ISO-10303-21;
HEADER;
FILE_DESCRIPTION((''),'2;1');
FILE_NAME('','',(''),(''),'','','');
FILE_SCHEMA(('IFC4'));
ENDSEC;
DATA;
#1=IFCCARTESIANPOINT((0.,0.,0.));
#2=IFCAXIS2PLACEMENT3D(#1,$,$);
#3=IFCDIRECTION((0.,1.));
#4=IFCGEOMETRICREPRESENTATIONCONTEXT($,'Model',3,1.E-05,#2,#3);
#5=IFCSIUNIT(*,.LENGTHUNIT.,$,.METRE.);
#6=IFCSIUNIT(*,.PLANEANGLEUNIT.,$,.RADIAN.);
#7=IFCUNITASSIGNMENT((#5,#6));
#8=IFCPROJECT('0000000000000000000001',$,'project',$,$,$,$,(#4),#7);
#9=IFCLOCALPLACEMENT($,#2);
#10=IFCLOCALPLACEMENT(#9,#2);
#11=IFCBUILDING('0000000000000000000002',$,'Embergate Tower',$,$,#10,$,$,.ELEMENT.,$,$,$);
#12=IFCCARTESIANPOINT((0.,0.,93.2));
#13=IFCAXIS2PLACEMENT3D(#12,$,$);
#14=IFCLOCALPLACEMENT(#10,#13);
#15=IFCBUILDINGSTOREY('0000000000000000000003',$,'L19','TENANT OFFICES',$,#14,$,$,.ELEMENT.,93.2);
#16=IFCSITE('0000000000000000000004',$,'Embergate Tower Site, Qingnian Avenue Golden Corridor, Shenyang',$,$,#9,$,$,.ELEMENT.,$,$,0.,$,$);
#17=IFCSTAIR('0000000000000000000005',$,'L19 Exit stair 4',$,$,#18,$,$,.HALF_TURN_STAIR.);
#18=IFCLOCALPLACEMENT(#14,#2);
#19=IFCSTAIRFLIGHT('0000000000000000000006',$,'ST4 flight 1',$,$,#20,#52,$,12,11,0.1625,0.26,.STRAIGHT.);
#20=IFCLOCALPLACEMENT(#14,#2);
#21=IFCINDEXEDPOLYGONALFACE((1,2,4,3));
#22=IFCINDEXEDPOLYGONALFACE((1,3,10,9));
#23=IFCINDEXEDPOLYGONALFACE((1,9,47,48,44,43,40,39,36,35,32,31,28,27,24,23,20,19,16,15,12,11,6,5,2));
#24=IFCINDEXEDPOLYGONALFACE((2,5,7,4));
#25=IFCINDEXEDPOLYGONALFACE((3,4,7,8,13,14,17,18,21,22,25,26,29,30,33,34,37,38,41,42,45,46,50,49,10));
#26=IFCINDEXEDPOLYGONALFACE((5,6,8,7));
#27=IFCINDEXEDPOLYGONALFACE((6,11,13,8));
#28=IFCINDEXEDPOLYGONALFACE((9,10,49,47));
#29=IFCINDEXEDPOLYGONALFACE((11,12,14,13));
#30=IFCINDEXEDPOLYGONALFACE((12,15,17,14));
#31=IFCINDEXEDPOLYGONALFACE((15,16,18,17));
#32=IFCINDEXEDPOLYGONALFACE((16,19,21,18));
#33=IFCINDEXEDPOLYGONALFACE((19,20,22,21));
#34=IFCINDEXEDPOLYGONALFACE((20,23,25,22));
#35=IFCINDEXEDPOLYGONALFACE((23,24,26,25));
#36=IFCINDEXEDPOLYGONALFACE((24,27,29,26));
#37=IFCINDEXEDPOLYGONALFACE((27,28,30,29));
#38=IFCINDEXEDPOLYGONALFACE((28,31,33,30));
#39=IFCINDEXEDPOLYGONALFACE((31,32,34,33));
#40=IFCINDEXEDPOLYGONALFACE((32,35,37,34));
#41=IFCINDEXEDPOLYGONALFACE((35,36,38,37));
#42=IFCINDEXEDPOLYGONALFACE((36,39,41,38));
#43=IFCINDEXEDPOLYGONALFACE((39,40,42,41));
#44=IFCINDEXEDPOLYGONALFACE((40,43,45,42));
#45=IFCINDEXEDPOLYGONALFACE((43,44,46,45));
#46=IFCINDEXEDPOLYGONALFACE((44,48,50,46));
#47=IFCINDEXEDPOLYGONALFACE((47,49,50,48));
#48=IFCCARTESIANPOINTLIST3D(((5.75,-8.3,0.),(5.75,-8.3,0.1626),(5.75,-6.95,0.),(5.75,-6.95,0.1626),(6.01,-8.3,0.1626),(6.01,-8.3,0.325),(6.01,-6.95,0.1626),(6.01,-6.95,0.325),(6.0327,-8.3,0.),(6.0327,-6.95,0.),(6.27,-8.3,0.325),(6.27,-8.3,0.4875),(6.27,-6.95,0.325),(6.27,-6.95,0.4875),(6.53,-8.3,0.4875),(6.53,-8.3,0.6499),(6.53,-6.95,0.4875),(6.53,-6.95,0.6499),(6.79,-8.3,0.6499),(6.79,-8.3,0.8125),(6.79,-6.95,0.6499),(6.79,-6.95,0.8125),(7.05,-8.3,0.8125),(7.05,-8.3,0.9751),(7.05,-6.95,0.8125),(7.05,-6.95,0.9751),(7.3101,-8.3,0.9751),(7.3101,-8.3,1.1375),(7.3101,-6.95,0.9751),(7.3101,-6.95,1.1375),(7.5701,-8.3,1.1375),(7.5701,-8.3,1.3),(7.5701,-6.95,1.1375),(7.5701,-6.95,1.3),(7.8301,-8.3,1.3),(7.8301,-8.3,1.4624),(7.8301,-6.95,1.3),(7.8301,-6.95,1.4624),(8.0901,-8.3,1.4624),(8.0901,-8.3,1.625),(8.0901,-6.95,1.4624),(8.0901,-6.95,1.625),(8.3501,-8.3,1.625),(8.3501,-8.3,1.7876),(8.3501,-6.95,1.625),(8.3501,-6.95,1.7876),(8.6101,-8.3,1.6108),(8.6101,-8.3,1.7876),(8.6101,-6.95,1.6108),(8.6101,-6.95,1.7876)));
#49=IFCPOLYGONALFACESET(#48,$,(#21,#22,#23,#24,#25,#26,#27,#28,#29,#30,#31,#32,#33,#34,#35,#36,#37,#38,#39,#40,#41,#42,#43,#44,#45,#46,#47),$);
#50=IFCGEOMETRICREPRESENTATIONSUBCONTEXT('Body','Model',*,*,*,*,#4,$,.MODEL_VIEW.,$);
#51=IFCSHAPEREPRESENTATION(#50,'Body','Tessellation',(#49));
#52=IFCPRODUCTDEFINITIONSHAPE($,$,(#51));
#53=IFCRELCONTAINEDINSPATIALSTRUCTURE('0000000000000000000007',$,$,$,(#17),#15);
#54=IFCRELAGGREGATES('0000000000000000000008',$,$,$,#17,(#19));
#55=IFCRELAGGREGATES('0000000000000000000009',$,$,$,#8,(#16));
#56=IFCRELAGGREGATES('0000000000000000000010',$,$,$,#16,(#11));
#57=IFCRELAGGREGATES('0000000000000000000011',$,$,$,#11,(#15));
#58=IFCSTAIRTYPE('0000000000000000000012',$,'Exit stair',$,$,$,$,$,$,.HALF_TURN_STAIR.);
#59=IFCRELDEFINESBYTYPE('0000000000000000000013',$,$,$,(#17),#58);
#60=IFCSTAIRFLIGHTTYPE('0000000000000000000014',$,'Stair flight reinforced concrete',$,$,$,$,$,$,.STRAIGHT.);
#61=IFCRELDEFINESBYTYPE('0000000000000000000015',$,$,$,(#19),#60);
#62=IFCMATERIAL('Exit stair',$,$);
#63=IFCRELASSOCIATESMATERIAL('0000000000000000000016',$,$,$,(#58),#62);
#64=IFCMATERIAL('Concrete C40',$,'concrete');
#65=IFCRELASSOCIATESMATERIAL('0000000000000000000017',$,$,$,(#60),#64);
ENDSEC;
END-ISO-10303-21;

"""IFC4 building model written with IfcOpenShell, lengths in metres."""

from ifc_helpers import new_model, si_unit, direction, frame, origin, place, context, subcontext, project, spatial, polyline, outline, extrude, source, transform, mapped, material, type_object, element, aggregate, save


model = new_model("IFC4")

# Units and contexts
model_context = context("Model", 3, precision=1e-05, world=origin(), true_north=direction((0.0, 1.0)))
body_context = subcontext(model_context, "Body", "Model", "MODEL_VIEW")
ifc_project = project(units=[si_unit("LENGTHUNIT", "METRE"), si_unit("PLANEANGLEUNIT", "RADIAN")], contexts=[model_context])

# Site, building, storey
site_placement = place(None, origin())
site = spatial("IfcSite", under=ifc_project, at=site_placement, Name="Embergate Tower Site, Qingnian Avenue Golden Corridor, Shenyang", CompositionType="ELEMENT", RefElevation=0.0)
building_placement = place(site_placement, origin())
building = spatial("IfcBuilding", under=site, at=building_placement, Name="Embergate Tower", CompositionType="ELEMENT")
storey_placement = place(building_placement, frame((0.0, 0.0, 93.2)))
storey = spatial("IfcBuildingStorey", under=building, at=storey_placement, Name="L19", Description="TENANT OFFICES", CompositionType="ELEMENT", Elevation=93.2)

# Stair, stair flight
ifc_material_1 = material(Name="Exit stair")
stair_type = type_object("IfcStairType", Name="Exit stair", PredefinedType="HALF_TURN_STAIR", material=ifc_material_1)
stair_placement = place(storey_placement, origin())
stair = element("IfcStair", 1, at=stair_placement, inside=storey, type_object=stair_type, Name="L19 Exit stair 4", PredefinedType="HALF_TURN_STAIR")
ifc_material_2 = material(Name="Concrete C40", Category="concrete")
stair_flight_type = type_object("IfcStairFlightType", Name="Stair flight reinforced concrete", PredefinedType="STRAIGHT", material=ifc_material_2)
shared_shape_1 = source(origin(), body_context, "Body", "SweptSolid", [
    extrude(outline(polyline([(0.0, 0.0), (0.0, 0.1626), (0.26, 0.1626), (0.26, 0.325), (0.52, 0.325), (0.52, 0.4875), (0.78, 0.4875), (0.78, 0.6499), (1.04, 0.6499), (1.04, 0.8125), (1.3, 0.8125), (1.3, 0.9751), (1.5601, 0.9751), (1.5601, 1.1375), (1.8201, 1.1375), (1.8201, 1.3), (2.0801, 1.3), (2.0801, 1.4624), (2.3401, 1.4624), (2.3401, 1.625), (2.6001, 1.625), (2.6001, 1.7876), (2.8601, 1.7876), (2.8601, 1.95), (2.8601, 1.6108), (0.2827, 0.0), (0.0, 0.0)])), frame((0.0, 0.675, 0.0), z_axis=(0.0, -1.0, 0.0), x_axis=(1.0, 0.0, 0.0)), (0.0, 0.0, 1.0), 1.3501),
])
stair_flight_placement = place(storey_placement, frame((5.75, -7.625, 0.0), z_axis=(0.0, 0.0, 1.0), x_axis=(1.0, 0.0, 0.0)))
stair_flight = element("IfcStairFlight", 2, at=stair_flight_placement, type_object=stair_flight_type, Name="ST4 flight 1", NumberOfRisers=12, NumberOfTreads=11, PredefinedType="STRAIGHT", RiserHeight=0.1625, TreadLength=0.26, context=body_context, shape_type="MappedRepresentation", body=[
    mapped(shared_shape_1, transform((0.0, 0.0, 0.0))),
])
aggregate(stair, [stair_flight])

save(model, "model.ifc")
